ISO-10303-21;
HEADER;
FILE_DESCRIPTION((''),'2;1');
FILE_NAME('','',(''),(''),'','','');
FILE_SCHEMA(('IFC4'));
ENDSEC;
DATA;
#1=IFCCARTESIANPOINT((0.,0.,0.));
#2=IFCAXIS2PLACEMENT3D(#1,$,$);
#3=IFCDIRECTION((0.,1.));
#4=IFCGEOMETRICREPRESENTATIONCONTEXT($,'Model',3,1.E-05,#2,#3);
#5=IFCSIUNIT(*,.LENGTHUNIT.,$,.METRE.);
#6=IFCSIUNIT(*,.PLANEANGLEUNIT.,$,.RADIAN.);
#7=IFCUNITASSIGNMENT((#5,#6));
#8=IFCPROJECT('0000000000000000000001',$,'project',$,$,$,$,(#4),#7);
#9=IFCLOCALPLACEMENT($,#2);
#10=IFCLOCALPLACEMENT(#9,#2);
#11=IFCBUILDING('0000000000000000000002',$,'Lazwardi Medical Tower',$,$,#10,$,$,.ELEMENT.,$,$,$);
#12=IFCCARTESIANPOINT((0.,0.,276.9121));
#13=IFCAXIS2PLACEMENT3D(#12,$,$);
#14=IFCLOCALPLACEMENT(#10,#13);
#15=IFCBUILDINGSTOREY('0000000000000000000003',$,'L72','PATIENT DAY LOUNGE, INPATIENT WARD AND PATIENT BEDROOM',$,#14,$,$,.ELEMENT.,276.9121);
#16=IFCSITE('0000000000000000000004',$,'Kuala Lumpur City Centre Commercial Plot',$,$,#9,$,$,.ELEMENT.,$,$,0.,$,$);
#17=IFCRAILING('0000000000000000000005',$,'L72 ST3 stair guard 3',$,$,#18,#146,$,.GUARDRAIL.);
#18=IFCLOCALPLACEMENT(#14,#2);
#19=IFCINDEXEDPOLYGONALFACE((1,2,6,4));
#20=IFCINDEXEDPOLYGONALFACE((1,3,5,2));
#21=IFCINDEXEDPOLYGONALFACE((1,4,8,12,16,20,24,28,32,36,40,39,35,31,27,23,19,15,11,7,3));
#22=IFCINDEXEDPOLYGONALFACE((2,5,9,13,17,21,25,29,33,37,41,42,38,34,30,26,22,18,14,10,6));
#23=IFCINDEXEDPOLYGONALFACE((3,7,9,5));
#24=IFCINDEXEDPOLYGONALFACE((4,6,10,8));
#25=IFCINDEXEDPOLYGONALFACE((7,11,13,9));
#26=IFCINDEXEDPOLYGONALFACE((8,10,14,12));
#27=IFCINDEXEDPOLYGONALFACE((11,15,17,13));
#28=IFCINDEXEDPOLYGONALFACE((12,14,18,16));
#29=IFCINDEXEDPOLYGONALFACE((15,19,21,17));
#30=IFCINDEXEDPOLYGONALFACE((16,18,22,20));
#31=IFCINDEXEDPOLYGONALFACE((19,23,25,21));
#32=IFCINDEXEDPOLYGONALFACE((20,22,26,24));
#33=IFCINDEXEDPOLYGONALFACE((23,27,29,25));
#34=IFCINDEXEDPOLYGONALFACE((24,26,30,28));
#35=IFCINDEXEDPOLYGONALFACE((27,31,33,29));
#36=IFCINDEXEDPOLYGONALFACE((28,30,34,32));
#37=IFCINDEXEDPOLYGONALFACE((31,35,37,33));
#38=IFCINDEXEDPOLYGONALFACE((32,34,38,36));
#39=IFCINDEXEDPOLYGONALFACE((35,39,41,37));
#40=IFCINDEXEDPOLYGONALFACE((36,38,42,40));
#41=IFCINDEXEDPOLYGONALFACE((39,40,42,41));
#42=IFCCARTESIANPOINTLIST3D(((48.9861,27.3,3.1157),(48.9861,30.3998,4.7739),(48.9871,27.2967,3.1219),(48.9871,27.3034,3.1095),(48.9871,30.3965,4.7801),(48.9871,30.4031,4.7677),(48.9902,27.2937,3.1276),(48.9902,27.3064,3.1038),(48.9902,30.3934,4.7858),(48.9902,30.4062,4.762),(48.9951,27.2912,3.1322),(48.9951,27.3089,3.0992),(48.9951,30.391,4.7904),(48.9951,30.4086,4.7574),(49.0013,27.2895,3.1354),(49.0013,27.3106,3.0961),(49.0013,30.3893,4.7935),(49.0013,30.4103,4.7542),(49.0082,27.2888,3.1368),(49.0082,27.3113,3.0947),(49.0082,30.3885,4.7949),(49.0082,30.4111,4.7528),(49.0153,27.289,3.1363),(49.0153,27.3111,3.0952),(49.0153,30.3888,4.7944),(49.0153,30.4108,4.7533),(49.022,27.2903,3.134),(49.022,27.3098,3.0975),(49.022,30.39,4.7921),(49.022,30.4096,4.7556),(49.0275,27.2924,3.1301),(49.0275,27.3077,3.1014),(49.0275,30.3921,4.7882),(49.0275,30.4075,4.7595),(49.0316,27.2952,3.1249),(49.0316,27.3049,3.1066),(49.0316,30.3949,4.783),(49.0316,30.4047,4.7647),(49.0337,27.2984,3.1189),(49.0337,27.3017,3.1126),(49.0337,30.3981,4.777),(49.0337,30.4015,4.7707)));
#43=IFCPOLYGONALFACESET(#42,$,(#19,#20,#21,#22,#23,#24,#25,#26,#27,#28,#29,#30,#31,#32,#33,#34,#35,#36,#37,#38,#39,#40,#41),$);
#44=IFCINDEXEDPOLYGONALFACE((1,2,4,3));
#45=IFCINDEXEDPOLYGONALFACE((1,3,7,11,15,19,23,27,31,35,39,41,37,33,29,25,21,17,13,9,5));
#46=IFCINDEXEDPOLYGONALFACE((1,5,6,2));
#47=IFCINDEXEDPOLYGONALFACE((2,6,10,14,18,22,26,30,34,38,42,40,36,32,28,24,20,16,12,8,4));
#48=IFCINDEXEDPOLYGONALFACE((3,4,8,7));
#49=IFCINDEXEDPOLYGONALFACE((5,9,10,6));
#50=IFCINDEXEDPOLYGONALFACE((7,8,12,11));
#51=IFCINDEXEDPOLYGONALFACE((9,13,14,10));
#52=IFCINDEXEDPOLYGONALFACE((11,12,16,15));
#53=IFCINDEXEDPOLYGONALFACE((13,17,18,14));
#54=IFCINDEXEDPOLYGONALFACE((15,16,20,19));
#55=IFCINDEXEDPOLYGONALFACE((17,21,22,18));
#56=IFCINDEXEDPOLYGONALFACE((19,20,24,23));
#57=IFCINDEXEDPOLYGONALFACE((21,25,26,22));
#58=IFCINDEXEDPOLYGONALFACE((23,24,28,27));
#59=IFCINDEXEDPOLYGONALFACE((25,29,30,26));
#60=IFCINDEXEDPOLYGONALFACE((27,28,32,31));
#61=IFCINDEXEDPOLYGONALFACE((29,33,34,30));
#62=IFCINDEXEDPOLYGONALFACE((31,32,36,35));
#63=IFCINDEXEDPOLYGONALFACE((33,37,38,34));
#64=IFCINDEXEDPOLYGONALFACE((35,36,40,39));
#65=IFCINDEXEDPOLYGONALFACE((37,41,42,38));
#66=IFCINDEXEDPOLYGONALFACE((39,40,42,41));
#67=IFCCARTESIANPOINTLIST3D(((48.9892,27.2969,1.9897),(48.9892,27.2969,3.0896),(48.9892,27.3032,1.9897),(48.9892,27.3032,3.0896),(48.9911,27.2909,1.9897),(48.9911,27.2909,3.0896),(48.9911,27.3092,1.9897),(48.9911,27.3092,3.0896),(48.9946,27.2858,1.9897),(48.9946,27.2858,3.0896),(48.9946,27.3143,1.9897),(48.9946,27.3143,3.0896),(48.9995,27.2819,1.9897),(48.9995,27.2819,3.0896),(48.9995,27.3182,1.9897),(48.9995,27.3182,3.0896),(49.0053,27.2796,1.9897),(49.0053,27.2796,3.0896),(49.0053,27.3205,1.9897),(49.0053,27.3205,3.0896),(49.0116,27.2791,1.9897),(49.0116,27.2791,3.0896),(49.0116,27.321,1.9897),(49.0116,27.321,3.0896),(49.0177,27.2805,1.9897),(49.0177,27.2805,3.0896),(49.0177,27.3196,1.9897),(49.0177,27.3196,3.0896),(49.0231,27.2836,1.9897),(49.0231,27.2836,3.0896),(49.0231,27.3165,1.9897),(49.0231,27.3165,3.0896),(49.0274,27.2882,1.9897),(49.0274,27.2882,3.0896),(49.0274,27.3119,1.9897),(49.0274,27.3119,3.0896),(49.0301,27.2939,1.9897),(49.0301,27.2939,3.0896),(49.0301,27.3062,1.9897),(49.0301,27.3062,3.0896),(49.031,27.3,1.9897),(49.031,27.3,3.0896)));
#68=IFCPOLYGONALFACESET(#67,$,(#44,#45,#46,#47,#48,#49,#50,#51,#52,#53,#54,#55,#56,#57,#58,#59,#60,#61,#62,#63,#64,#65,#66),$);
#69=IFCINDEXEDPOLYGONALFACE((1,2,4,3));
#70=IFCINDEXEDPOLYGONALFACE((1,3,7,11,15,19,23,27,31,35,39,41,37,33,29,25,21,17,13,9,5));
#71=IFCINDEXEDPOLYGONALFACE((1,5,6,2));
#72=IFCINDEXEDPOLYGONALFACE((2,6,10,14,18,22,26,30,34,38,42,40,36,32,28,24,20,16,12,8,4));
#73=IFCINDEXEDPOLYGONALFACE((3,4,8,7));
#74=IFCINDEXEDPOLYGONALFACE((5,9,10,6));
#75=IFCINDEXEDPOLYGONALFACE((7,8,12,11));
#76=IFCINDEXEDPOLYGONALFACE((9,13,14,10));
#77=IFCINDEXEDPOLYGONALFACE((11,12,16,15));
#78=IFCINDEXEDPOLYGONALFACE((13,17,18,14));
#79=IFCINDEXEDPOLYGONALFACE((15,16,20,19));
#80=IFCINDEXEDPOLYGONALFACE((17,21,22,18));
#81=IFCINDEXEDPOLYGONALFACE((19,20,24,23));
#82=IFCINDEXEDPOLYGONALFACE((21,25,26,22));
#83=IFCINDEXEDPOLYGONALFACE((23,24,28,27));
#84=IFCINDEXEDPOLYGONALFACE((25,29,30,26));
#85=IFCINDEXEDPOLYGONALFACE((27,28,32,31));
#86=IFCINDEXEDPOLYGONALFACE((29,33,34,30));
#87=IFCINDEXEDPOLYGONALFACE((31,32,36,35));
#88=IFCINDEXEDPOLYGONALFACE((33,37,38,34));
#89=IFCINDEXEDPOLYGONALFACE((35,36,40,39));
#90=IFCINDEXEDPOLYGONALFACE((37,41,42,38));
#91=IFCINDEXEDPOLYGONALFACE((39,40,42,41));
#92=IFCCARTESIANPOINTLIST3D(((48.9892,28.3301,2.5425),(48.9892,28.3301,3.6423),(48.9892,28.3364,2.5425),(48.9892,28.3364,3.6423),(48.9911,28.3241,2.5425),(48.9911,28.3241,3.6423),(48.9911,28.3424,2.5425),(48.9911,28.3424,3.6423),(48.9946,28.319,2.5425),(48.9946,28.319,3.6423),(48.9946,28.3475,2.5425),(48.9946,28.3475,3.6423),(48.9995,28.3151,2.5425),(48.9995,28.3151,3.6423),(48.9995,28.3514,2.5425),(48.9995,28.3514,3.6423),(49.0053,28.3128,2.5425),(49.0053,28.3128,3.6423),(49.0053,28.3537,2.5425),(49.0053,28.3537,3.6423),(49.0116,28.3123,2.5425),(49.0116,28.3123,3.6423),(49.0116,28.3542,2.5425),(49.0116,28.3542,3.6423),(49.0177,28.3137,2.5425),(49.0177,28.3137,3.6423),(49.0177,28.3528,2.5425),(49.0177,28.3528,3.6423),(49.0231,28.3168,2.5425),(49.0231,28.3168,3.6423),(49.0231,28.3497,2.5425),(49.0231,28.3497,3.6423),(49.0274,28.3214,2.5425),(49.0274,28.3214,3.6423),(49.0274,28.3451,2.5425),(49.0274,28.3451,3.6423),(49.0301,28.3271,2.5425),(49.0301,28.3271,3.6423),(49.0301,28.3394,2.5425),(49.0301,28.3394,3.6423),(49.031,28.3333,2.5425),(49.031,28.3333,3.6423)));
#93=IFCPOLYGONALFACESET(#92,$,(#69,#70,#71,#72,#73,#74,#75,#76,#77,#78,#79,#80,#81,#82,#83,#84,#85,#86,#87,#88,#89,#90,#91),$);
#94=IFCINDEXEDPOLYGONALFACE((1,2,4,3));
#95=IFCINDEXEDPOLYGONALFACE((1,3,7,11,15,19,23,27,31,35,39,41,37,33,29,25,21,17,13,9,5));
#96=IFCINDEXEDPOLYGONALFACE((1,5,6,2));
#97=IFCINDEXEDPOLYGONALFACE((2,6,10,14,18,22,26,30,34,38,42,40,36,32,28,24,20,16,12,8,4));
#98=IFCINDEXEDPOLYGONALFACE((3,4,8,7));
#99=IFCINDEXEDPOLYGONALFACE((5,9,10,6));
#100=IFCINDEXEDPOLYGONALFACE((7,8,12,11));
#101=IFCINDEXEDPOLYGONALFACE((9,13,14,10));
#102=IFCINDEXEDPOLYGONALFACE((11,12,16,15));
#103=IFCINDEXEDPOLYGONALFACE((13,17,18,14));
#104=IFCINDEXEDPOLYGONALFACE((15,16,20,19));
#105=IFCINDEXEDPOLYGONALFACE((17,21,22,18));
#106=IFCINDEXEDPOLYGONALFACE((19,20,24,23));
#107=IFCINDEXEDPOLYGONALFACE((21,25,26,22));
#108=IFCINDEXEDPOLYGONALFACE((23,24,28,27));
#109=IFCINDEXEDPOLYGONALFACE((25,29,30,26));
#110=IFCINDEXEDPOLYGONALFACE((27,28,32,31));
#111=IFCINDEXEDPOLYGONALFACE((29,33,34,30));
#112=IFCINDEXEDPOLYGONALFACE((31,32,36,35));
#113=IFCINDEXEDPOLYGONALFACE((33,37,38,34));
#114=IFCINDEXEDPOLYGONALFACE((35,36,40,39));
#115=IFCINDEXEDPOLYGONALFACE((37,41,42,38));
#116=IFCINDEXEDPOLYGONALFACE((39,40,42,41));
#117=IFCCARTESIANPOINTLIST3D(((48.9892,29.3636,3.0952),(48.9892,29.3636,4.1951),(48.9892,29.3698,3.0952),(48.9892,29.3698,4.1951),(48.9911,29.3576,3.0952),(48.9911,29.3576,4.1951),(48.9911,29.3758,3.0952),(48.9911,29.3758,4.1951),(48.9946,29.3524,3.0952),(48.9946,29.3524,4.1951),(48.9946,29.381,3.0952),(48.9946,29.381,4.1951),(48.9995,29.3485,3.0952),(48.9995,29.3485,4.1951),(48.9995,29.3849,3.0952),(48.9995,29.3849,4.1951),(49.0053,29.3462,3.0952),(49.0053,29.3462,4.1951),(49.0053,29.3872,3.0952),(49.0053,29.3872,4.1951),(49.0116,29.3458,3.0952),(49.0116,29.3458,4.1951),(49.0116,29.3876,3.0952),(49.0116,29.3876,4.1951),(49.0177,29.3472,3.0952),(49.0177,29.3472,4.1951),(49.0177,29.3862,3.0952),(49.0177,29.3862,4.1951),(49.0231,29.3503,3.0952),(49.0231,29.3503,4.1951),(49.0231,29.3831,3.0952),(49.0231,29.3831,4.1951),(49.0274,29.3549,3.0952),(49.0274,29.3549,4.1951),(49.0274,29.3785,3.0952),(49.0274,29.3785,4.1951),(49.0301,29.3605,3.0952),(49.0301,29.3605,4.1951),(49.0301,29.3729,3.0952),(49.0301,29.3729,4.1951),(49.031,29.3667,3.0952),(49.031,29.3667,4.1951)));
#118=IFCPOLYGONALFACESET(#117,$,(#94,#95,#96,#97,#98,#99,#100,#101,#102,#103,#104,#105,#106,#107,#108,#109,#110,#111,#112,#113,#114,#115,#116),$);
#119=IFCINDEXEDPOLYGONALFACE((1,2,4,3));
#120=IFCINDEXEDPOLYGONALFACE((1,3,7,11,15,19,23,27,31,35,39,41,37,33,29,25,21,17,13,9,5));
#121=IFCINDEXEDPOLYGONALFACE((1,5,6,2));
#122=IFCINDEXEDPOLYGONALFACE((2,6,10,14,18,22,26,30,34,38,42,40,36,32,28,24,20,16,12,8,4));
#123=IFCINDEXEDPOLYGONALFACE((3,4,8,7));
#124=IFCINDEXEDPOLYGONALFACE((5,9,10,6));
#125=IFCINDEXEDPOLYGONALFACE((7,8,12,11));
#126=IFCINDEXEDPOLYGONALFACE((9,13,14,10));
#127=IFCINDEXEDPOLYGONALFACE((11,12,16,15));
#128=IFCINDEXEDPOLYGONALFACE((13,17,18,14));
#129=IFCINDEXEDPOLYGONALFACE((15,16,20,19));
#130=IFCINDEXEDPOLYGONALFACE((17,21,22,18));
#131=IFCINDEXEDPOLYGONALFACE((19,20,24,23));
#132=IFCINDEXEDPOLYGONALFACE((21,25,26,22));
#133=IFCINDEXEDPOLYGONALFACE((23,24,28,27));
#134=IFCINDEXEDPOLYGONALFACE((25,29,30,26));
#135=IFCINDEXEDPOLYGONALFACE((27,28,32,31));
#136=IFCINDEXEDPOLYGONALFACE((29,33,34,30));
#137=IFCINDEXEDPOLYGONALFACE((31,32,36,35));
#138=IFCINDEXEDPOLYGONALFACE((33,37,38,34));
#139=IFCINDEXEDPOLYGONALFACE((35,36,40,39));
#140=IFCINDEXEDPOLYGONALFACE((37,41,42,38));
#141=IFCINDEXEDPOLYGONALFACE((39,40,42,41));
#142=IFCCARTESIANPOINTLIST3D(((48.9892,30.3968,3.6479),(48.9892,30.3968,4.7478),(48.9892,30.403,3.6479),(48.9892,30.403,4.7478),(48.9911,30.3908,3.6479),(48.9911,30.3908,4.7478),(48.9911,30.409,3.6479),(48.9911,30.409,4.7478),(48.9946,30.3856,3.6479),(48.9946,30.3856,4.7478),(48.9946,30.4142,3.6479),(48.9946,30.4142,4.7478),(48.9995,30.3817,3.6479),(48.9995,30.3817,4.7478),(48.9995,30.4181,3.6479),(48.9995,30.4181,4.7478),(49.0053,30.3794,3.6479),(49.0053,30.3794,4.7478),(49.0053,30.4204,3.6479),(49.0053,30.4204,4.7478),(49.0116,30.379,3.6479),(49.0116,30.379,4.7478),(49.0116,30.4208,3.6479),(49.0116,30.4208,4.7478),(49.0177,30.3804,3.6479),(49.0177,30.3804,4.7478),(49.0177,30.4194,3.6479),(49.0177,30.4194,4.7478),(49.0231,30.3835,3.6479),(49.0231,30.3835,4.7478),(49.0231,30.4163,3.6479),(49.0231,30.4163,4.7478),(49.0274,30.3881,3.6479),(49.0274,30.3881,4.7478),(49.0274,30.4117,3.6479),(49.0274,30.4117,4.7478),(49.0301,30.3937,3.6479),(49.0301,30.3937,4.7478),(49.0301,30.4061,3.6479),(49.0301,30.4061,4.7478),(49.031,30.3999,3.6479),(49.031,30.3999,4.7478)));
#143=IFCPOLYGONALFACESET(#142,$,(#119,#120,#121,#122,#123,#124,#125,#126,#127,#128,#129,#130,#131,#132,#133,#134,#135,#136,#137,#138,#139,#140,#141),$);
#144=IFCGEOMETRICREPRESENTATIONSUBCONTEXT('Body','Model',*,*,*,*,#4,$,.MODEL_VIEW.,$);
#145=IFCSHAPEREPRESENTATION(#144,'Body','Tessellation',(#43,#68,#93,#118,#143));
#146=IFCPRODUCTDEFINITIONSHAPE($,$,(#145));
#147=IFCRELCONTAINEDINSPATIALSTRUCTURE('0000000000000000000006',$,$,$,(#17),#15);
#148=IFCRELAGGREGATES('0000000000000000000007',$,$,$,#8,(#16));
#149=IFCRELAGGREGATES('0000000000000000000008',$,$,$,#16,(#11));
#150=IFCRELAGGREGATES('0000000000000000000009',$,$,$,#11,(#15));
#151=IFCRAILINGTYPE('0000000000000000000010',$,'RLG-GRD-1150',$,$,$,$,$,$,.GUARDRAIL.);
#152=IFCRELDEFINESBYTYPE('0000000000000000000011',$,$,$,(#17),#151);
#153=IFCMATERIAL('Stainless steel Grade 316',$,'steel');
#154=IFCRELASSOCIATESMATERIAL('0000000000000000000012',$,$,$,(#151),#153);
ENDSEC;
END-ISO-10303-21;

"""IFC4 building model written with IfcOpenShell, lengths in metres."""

from ifc_helpers import new_model, si_unit, direction, frame, origin, origin_2d, place, context, subcontext, project, spatial, circle, extrude, material, type_object, element, save


model = new_model("IFC4")

# Units and contexts
model_context = context("Model", 3, precision=1e-05, world=origin(), true_north=direction((0.0, 1.0)))
body_context = subcontext(model_context, "Body", "Model", "MODEL_VIEW")
ifc_project = project(units=[si_unit("LENGTHUNIT", "METRE"), si_unit("PLANEANGLEUNIT", "RADIAN")], contexts=[model_context])

# Site, building, storey
site_placement = place(None, origin())
site = spatial("IfcSite", under=ifc_project, at=site_placement, Name="Kuala Lumpur City Centre Commercial Plot", CompositionType="ELEMENT", RefElevation=0.0)
building_placement = place(site_placement, origin())
building = spatial("IfcBuilding", under=site, at=building_placement, Name="Lazwardi Medical Tower", CompositionType="ELEMENT")
storey_placement = place(building_placement, frame((0.0, 0.0, 276.9121)))
storey = spatial("IfcBuildingStorey", under=building, at=storey_placement, Name="L72", Description="PATIENT DAY LOUNGE, INPATIENT WARD AND PATIENT BEDROOM", CompositionType="ELEMENT", Elevation=276.9121)

# Railing
ifc_material_1 = material(Name="Stainless steel Grade 316", Category="steel")
railing_type_1 = type_object("IfcRailingType", Name="RLG-GRD-1150", PredefinedType="GUARDRAIL", material=ifc_material_1)
railing_1_placement = place(storey_placement, frame((49.01, 27.3, 1.9897)))
element("IfcRailing", 1, at=railing_1_placement, inside=storey, type_object=railing_type_1, Name="L72 ST3 stair guard 3", PredefinedType="GUARDRAIL", context=body_context, shape_type="SweptSolid", body=[
    extrude(circle(Radius=0.0239, at=origin_2d()), frame((0.0, 0.0, 1.126), z_axis=(0.0, 0.881768, 0.471684), x_axis=(-1.0, 0.0, 0.0)), (0.0, 0.0, 1.0), 3.5154),
    extrude(circle(Radius=0.021, at=origin_2d()), origin(), (0.0, 0.0, 1.0), 1.0999),
    extrude(circle(Radius=0.021, at=origin_2d()), frame((0.0, 1.0332, 0.5527)), (0.0, 0.0, 1.0), 1.0999),
    extrude(circle(Radius=0.021, at=origin_2d()), frame((0.0, 2.0667, 1.1055)), (0.0, 0.0, 1.0), 1.0999),
    extrude(circle(Radius=0.021, at=origin_2d()), frame((0.0, 3.0999, 1.6582)), (0.0, 0.0, 1.0), 1.0999),
])

save(model, "model.ifc")
